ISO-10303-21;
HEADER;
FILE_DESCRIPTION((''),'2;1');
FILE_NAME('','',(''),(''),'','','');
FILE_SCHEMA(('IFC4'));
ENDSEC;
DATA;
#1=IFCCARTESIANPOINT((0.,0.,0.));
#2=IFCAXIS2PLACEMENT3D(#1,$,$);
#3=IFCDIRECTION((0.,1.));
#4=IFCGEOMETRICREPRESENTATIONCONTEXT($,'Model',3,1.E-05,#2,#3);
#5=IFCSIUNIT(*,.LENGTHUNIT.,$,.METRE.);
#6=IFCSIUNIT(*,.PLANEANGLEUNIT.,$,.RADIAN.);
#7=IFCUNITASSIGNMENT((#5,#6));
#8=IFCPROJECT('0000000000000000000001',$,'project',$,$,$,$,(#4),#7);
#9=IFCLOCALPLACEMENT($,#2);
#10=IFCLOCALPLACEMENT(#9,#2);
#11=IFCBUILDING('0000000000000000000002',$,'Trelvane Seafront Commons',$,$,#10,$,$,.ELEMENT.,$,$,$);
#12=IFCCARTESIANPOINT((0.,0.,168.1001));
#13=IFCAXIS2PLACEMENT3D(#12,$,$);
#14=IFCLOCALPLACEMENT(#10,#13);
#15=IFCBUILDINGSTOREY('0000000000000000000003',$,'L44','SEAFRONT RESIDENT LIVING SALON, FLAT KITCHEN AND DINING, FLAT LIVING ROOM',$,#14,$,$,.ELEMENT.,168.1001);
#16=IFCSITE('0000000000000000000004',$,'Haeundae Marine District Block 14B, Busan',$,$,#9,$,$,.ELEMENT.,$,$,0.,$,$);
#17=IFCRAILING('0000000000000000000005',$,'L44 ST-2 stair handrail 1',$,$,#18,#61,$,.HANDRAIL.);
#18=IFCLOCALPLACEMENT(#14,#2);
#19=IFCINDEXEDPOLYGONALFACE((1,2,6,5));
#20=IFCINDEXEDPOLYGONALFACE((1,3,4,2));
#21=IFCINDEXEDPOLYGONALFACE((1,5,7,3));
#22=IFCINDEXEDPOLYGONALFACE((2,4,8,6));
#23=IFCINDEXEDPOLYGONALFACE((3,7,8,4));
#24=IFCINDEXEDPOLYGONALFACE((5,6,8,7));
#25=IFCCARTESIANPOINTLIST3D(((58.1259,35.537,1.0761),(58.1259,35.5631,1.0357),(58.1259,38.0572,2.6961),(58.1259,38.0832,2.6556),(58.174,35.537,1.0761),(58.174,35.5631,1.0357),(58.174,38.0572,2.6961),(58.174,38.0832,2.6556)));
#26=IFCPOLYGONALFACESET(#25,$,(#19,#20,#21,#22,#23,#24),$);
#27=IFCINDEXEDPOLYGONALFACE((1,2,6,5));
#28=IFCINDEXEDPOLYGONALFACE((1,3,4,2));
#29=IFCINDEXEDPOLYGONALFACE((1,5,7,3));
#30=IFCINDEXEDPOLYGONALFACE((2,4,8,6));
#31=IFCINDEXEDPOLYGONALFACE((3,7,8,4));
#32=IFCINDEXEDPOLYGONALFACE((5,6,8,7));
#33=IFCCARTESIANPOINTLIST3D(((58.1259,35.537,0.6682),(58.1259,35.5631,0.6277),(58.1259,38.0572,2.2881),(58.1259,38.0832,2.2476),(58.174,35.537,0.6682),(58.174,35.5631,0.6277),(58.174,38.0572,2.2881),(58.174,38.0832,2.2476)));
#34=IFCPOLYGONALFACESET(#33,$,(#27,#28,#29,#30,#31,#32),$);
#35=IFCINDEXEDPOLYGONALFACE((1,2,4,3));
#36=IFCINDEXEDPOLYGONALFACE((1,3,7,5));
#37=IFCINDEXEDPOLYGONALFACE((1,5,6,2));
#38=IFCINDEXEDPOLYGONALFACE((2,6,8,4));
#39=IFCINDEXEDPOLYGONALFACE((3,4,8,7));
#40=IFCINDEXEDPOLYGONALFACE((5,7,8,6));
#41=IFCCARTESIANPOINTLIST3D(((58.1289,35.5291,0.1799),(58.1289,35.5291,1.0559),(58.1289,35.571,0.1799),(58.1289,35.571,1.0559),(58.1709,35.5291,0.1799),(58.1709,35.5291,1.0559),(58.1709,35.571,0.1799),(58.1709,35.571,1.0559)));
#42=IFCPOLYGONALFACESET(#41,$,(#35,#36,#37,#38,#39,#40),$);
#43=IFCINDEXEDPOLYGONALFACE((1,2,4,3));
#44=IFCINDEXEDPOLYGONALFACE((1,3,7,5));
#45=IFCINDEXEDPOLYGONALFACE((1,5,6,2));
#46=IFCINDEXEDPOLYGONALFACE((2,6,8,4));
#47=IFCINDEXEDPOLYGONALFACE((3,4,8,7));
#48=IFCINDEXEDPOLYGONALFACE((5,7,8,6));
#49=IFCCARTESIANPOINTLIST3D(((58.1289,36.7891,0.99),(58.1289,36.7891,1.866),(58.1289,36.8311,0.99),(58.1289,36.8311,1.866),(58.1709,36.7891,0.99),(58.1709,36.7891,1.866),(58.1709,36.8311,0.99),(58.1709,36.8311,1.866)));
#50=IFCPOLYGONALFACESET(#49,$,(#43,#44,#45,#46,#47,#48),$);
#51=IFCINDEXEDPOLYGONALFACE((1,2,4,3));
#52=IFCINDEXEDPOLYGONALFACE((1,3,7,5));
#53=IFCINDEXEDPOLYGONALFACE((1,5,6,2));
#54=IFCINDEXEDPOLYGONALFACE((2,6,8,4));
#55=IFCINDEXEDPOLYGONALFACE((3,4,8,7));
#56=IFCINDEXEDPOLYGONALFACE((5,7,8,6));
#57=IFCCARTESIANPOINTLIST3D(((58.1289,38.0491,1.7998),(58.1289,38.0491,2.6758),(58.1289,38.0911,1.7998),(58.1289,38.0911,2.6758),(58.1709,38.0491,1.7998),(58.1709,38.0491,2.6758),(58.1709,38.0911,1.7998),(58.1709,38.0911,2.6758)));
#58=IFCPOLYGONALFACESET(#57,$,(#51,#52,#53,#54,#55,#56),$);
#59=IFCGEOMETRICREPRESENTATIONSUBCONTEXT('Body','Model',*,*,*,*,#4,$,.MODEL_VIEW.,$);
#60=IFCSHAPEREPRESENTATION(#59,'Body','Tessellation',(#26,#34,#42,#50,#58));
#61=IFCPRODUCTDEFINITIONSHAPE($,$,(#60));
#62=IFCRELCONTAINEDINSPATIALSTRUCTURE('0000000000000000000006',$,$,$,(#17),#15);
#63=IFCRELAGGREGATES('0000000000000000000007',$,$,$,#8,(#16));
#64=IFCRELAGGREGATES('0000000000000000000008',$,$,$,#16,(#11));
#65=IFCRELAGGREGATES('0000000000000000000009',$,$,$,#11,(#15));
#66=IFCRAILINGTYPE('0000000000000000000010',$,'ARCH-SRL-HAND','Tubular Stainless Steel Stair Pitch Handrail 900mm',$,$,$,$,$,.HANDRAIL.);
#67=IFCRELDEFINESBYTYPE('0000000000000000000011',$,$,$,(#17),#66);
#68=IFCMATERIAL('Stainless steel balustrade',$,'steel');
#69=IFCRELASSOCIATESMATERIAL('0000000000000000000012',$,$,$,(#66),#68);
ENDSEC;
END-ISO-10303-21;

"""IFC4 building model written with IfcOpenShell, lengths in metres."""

from ifc_helpers import new_model, si_unit, direction, frame, origin, origin_2d, place, context, subcontext, project, spatial, rectangle, extrude, material, type_object, element, save


model = new_model("IFC4")

# Units and contexts
model_context = context("Model", 3, precision=1e-05, world=origin(), true_north=direction((0.0, 1.0)))
body_context = subcontext(model_context, "Body", "Model", "MODEL_VIEW")
ifc_project = project(units=[si_unit("LENGTHUNIT", "METRE"), si_unit("PLANEANGLEUNIT", "RADIAN")], contexts=[model_context])

# Site, building, storey
site_placement = place(None, origin())
site = spatial("IfcSite", under=ifc_project, at=site_placement, Name="Haeundae Marine District Block 14B, Busan", CompositionType="ELEMENT", RefElevation=0.0)
building_placement = place(site_placement, origin())
building = spatial("IfcBuilding", under=site, at=building_placement, Name="Trelvane Seafront Commons", CompositionType="ELEMENT")
storey_placement = place(building_placement, frame((0.0, 0.0, 168.1001)))
storey = spatial("IfcBuildingStorey", under=building, at=storey_placement, Name="L44", Description="SEAFRONT RESIDENT LIVING SALON, FLAT KITCHEN AND DINING, FLAT LIVING ROOM", CompositionType="ELEMENT", Elevation=168.1001)

# Railing
ifc_material_1 = material(Name="Stainless steel balustrade", Category="steel")
railing_type_1 = type_object("IfcRailingType", Name="ARCH-SRL-HAND", Description="Tubular Stainless Steel Stair Pitch Handrail 900mm", PredefinedType="HANDRAIL", material=ifc_material_1)
railing_1_placement = place(storey_placement, frame((58.1499, 35.55, 0.1799)))
element("IfcRailing", 1, at=railing_1_placement, inside=storey, type_object=railing_type_1, Name="L44 ST-2 stair handrail 1", PredefinedType="HANDRAIL", context=body_context, shape_type="SweptSolid", body=[
    extrude(rectangle(XDim=0.0481, YDim=0.0481, at=origin_2d()), frame((0.0, 0.0, 0.876), z_axis=(0.0, 0.8412, 0.540725), x_axis=(-1.0, 0.0, 0.0)), (0.0, 0.0, 1.0), 2.9958),
    extrude(rectangle(XDim=0.0481, YDim=0.0481, at=origin_2d()), frame((0.0, 0.0, 0.468), z_axis=(0.0, 0.8412, 0.540725), x_axis=(-1.0, 0.0, 0.0)), (0.0, 0.0, 1.0), 2.9958),
    extrude(rectangle(XDim=0.042, YDim=0.042, at=origin_2d()), origin(), (0.0, 0.0, 1.0), 0.876),
    extrude(rectangle(XDim=0.042, YDim=0.042, at=origin_2d()), frame((0.0, 1.26, 0.8101)), (0.0, 0.0, 1.0), 0.876),
    extrude(rectangle(XDim=0.042, YDim=0.042, at=origin_2d()), frame((0.0, 2.52, 1.6199)), (0.0, 0.0, 1.0), 0.876),
])

save(model, "model.ifc")
